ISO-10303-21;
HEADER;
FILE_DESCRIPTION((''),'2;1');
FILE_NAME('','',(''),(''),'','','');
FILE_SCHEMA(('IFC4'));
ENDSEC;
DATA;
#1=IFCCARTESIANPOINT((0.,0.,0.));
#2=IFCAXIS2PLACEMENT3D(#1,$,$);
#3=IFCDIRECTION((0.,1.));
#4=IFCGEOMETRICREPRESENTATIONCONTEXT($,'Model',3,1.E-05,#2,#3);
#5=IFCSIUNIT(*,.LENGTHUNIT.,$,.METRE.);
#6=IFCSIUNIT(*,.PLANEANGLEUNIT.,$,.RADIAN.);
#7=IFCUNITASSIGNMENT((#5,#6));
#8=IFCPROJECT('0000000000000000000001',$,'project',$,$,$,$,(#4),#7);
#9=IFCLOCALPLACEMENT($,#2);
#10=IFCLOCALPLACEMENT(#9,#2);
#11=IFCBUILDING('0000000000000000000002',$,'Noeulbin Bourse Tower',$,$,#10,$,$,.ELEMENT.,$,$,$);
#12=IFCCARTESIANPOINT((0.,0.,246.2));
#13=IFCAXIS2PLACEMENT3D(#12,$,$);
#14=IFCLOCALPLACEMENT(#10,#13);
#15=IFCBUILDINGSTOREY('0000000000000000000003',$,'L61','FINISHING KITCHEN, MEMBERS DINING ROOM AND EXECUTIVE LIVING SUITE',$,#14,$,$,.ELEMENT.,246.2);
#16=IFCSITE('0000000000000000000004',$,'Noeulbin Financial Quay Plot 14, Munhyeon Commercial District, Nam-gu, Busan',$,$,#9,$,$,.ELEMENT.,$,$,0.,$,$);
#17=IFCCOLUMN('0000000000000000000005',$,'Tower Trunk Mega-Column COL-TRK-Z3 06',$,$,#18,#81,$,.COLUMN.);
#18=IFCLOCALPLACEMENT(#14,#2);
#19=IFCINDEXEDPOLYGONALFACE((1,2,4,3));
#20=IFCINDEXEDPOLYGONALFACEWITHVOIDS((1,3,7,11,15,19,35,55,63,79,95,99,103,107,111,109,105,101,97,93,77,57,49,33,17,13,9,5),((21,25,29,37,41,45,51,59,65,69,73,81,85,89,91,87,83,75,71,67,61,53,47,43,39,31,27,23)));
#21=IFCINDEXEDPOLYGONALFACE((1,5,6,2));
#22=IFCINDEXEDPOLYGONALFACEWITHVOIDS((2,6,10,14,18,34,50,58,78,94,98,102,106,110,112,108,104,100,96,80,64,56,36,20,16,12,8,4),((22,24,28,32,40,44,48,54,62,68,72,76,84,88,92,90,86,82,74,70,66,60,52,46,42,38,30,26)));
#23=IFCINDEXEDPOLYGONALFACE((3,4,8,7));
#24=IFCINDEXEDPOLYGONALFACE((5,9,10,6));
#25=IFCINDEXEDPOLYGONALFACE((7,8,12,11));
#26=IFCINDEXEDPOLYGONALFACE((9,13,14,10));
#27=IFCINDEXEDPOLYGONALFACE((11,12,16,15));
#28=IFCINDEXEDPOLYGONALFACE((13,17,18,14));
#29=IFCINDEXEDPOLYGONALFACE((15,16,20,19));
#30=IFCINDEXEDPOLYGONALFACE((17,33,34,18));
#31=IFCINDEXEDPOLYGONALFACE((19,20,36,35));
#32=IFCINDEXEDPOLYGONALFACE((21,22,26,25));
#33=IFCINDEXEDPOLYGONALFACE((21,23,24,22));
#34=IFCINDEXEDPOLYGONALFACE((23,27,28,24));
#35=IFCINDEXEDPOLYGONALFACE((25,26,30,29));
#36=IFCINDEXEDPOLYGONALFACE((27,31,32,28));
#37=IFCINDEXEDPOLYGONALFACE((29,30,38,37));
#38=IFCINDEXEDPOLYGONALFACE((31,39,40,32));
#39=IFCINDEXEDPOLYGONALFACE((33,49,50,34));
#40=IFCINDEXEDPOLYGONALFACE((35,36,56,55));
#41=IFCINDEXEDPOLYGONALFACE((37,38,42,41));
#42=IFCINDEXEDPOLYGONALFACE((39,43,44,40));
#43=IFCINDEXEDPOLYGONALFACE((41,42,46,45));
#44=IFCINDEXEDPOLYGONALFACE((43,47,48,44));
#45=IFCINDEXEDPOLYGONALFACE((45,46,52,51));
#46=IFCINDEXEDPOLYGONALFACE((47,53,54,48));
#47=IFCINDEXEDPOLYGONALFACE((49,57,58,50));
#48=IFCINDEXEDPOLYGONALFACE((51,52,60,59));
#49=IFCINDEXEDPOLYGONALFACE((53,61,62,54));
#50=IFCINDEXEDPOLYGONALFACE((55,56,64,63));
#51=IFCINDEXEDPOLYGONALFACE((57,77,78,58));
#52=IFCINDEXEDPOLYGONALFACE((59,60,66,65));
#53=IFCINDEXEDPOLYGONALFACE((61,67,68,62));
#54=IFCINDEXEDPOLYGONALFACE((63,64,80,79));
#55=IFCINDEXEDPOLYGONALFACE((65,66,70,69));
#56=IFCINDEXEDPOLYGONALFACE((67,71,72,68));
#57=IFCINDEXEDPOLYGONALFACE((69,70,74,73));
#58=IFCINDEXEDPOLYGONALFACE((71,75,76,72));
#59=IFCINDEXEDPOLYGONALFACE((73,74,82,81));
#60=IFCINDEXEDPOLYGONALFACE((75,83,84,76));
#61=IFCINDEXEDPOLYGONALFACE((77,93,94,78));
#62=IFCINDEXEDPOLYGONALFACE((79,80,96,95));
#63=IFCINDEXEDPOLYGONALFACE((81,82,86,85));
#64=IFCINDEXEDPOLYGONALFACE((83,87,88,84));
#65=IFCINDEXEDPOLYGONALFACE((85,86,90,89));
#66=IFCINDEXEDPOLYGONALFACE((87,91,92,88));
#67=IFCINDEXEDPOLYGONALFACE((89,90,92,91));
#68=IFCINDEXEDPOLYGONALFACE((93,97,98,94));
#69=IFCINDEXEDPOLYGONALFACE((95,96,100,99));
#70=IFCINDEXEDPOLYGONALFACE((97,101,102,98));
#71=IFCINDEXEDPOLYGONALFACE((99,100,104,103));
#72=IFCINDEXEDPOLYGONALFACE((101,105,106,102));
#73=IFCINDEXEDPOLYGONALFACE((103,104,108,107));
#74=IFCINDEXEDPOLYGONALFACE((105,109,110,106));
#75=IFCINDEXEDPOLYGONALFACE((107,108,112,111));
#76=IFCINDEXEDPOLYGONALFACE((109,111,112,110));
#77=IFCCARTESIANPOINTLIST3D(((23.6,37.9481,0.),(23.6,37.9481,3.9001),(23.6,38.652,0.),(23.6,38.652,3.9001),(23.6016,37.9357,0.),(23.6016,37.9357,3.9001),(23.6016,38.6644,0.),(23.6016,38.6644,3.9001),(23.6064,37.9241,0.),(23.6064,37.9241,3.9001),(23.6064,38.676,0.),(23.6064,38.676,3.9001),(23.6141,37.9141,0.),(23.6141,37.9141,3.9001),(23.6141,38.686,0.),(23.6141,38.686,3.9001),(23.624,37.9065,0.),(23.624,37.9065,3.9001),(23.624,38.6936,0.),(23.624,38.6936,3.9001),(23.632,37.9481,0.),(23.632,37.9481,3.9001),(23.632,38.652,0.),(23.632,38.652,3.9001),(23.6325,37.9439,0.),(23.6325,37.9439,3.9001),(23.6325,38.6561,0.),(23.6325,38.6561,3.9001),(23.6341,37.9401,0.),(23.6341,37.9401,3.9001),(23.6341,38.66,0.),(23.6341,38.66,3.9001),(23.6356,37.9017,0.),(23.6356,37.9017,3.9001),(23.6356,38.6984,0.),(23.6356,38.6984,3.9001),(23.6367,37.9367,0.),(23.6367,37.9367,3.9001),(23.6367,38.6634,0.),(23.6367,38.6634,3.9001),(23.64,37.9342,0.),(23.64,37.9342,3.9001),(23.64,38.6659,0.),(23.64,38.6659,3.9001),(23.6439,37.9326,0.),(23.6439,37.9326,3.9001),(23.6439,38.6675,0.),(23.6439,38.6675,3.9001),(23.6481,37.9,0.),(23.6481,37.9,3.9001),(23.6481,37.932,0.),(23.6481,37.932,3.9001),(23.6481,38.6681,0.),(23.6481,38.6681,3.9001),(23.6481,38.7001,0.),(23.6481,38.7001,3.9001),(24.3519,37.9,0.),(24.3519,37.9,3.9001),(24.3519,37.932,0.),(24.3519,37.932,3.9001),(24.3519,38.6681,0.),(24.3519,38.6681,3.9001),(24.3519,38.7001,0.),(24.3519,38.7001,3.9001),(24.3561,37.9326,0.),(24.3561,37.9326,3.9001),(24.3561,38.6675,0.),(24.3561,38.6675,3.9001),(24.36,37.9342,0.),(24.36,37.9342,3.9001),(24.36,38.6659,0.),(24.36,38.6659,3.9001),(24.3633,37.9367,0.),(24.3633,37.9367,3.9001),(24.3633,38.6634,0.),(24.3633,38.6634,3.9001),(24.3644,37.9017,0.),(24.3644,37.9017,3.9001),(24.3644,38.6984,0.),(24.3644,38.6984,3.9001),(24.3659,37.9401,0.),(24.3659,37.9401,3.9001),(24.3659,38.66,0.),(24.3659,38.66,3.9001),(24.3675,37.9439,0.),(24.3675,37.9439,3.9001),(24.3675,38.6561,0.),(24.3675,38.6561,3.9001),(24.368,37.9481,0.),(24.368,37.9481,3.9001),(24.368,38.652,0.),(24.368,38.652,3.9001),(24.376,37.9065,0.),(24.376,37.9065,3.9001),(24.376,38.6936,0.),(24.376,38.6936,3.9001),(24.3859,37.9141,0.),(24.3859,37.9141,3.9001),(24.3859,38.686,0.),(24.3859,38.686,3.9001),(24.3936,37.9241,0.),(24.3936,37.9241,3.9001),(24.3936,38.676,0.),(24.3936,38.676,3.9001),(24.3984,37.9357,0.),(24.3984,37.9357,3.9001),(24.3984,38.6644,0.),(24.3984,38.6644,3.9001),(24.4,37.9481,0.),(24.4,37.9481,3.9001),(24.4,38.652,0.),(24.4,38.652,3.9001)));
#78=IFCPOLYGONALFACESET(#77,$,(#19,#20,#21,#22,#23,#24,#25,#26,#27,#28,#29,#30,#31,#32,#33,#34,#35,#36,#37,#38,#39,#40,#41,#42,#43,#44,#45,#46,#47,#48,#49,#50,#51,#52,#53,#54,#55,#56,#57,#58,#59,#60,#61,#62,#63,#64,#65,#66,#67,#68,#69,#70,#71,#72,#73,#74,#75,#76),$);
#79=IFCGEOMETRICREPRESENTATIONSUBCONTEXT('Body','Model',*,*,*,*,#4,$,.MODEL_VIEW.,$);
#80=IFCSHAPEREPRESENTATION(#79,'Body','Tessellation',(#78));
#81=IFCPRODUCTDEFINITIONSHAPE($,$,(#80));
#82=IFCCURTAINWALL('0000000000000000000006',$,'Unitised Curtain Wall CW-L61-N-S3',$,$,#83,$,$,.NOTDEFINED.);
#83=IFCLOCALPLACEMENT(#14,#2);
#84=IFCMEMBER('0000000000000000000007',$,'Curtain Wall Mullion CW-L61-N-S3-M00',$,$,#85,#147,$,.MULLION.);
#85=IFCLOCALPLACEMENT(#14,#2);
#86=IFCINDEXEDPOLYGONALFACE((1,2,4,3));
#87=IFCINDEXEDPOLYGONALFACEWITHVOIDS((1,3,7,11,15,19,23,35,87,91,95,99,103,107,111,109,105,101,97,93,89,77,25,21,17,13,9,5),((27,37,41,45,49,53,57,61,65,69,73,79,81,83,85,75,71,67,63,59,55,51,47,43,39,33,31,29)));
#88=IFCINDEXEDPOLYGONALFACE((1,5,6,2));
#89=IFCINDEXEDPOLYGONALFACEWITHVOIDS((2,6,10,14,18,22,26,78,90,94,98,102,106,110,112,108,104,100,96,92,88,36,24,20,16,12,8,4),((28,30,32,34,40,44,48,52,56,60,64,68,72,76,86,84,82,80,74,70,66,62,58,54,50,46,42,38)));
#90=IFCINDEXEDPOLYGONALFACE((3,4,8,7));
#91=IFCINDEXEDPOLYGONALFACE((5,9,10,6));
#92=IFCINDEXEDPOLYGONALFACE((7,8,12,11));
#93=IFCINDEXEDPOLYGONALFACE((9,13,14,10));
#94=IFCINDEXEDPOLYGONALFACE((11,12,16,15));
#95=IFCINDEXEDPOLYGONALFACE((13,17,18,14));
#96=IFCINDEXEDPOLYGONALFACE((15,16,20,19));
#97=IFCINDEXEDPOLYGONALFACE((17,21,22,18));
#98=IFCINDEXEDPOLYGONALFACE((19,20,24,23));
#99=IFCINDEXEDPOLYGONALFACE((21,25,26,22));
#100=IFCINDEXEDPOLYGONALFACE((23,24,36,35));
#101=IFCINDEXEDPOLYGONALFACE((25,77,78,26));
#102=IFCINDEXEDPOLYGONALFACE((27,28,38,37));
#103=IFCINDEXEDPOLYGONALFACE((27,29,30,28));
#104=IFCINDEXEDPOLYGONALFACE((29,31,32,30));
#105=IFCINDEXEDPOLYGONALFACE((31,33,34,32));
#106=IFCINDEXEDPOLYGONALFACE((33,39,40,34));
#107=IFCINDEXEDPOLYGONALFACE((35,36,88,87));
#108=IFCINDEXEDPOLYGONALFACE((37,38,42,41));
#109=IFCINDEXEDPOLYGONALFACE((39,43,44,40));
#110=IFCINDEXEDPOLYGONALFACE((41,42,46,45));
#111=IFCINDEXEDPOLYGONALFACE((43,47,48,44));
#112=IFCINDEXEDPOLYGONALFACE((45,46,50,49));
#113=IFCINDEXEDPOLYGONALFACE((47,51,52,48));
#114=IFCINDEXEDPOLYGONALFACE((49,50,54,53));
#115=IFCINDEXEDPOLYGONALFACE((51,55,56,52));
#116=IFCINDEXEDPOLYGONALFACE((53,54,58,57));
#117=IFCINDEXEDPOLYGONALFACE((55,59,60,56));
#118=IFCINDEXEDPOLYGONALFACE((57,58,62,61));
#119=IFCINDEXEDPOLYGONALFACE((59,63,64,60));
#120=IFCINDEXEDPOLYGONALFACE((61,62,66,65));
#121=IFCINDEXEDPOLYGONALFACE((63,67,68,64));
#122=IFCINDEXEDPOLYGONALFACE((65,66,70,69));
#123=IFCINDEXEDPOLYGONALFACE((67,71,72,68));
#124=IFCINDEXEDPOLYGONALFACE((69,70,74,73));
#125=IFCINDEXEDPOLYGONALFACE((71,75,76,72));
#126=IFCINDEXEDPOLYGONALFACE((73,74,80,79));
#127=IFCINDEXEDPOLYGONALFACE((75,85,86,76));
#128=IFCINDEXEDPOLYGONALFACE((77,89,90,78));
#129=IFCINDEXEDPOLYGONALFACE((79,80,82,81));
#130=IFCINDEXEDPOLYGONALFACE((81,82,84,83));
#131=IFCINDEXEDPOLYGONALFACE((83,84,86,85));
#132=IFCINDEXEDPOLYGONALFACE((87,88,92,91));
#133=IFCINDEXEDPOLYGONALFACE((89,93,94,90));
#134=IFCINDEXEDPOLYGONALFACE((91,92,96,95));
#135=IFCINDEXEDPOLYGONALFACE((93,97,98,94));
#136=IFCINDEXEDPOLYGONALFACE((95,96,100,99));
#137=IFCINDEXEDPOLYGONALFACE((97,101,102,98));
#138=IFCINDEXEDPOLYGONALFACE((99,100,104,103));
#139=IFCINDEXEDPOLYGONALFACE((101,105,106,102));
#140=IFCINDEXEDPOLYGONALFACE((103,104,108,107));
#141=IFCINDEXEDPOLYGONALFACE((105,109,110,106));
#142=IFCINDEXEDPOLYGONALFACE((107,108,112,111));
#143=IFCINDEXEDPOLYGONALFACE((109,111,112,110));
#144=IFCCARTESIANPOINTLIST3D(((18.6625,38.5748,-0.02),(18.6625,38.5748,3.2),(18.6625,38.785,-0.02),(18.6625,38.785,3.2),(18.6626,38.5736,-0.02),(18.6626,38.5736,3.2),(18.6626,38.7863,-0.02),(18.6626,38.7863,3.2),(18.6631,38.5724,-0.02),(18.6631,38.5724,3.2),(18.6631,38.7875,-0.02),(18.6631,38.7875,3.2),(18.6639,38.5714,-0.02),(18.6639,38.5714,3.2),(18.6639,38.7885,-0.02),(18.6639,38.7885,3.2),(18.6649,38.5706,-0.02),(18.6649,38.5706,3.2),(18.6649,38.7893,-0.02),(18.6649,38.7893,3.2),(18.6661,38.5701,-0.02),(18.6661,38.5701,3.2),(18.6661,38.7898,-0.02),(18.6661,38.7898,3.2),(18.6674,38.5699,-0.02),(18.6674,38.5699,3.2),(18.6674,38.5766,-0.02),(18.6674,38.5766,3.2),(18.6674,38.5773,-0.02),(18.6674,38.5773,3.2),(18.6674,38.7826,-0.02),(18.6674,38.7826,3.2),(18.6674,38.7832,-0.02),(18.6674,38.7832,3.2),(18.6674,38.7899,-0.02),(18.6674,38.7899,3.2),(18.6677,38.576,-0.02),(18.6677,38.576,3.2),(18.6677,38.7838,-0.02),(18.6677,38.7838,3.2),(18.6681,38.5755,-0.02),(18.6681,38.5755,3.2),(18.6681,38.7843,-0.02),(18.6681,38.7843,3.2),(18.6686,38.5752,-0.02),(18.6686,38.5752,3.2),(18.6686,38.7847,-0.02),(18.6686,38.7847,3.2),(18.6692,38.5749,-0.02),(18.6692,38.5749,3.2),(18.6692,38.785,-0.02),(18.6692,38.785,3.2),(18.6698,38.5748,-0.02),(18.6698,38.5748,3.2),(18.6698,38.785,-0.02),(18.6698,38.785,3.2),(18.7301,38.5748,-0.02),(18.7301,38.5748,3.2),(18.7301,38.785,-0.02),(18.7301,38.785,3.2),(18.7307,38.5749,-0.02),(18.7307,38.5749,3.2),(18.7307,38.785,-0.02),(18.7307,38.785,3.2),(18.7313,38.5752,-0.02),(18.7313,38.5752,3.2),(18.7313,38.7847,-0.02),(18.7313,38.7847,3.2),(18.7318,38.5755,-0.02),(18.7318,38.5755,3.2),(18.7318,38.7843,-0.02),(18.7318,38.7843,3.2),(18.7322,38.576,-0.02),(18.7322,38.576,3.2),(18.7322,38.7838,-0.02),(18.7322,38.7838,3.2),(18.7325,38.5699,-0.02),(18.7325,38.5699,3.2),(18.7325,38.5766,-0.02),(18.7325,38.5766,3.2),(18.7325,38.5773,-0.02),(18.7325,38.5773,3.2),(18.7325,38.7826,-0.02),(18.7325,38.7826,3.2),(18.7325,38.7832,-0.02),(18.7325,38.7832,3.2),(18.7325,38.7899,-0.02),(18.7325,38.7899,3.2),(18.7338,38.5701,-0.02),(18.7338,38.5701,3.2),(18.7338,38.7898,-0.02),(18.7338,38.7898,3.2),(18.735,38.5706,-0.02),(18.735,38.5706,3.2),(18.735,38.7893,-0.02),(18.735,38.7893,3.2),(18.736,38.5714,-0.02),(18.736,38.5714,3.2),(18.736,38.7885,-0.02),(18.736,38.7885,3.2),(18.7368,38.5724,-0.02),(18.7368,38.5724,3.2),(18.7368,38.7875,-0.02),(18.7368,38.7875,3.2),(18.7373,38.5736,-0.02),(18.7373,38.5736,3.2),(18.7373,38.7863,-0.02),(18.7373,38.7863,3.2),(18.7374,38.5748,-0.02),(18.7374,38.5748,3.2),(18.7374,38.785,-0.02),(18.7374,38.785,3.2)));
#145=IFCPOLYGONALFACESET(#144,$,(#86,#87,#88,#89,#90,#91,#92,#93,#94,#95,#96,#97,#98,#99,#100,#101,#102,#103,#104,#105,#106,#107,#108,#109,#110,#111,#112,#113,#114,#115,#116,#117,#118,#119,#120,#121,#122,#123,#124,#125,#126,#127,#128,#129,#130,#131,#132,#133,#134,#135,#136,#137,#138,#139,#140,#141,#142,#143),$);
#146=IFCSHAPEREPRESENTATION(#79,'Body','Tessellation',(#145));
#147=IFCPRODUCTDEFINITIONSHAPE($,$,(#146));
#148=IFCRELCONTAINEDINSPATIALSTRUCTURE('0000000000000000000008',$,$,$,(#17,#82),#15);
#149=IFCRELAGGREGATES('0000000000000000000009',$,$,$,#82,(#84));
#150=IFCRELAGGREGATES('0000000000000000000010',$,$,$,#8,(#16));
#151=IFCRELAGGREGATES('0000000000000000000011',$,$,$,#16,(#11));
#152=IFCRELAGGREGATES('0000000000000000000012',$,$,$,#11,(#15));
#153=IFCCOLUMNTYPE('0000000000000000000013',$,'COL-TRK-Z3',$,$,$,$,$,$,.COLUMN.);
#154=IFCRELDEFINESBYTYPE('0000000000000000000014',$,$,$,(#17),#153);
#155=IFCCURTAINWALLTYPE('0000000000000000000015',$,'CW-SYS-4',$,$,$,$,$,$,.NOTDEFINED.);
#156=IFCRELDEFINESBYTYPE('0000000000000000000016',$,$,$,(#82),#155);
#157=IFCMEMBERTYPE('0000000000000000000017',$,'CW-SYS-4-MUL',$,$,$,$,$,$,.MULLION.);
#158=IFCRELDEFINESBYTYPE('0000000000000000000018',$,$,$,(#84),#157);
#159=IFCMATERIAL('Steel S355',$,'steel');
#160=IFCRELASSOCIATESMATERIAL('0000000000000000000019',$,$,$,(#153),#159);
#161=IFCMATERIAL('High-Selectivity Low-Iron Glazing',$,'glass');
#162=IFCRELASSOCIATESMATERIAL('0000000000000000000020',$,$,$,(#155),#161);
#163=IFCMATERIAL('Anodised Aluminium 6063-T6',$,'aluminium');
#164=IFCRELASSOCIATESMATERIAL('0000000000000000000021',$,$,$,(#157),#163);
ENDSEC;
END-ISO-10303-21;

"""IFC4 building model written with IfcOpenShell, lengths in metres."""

from ifc_helpers import new_model, si_unit, direction, frame, origin, origin_2d, place, context, subcontext, project, spatial, hollow_rectangle, extrude, material, material_profile, profile_set, type_object, element, aggregate, save


model = new_model("IFC4")

# Units and contexts
model_context = context("Model", 3, precision=1e-05, world=origin(), true_north=direction((0.0, 1.0)))
body_context = subcontext(model_context, "Body", "Model", "MODEL_VIEW")
ifc_project = project(units=[si_unit("LENGTHUNIT", "METRE"), si_unit("PLANEANGLEUNIT", "RADIAN")], contexts=[model_context])

# Site, building, storey
site_placement = place(None, origin())
site = spatial("IfcSite", under=ifc_project, at=site_placement, Name="Noeulbin Financial Quay Plot 14, Munhyeon Commercial District, Nam-gu, Busan", CompositionType="ELEMENT", RefElevation=0.0)
building_placement = place(site_placement, origin())
building = spatial("IfcBuilding", under=site, at=building_placement, Name="Noeulbin Bourse Tower", CompositionType="ELEMENT")
storey_placement = place(building_placement, frame((0.0, 0.0, 246.2)))
storey = spatial("IfcBuildingStorey", under=building, at=storey_placement, Name="L61", Description="FINISHING KITCHEN, MEMBERS DINING ROOM AND EXECUTIVE LIVING SUITE", CompositionType="ELEMENT", Elevation=246.2)

# Column
ifc_material_1 = material(Name="Steel S355", Category="steel")
ifc_material_profile_1 = material_profile(ifc_material_1, hollow_rectangle(XDim=0.8, YDim=0.8, WallThickness=0.032, InnerFilletRadius=0.0161, OuterFilletRadius=0.0481, at=origin_2d()), Name="BOX-800x800x32", Category="LoadBearing")
ifc_profile_set_1 = profile_set([ifc_material_profile_1], Name="Steel S355")
column_type = type_object("IfcColumnType", Name="COL-TRK-Z3", PredefinedType="COLUMN", material=ifc_profile_set_1)
for number, where, z_axis, x_axis, name in (
    (1, (24.0, 38.3, 0.0), (0.0, 0.0, 1.0), (1.0, 0.0, 0.0), "Tower Trunk Mega-Column COL-TRK-Z3 06"),
):
    element("IfcColumn", number, at=place(storey_placement, frame(where, z_axis=z_axis, x_axis=x_axis)), inside=storey, type_object=column_type, Name=name, PredefinedType="COLUMN", context=body_context, shape_type="SweptSolid", body=[
        extrude(hollow_rectangle(XDim=0.8, YDim=0.8, WallThickness=0.032, InnerFilletRadius=0.0161, OuterFilletRadius=0.0481, at=origin_2d()), origin(), (0.0, 0.0, 1.0), 3.9001),
    ])

# Curtain wall, member
ifc_material_2 = material(Name="High-Selectivity Low-Iron Glazing", Category="glass")
curtain_wall_type = type_object("IfcCurtainWallType", Name="CW-SYS-4", PredefinedType="NOTDEFINED", material=ifc_material_2)
curtain_wall_placement = place(storey_placement, origin())
curtain_wall = element("IfcCurtainWall", 2, at=curtain_wall_placement, inside=storey, type_object=curtain_wall_type, Name="Unitised Curtain Wall CW-L61-N-S3", PredefinedType="NOTDEFINED")
ifc_material_3 = material(Name="Anodised Aluminium 6063-T6", Category="aluminium")
ifc_material_profile_2 = material_profile(ifc_material_3, hollow_rectangle(XDim=0.075, YDim=0.22, WallThickness=0.0049, InnerFilletRadius=0.0024, OuterFilletRadius=0.0049, at=origin_2d()), Name="ALU-MULL-75x220x5", Category="LoadBearing")
ifc_profile_set_2 = profile_set([ifc_material_profile_2], Name="Anodised Aluminium 6063-T6")
member_type_1 = type_object("IfcMemberType", Name="CW-SYS-4-MUL", PredefinedType="MULLION", material=ifc_profile_set_2)
member_1_placement = place(storey_placement, frame((18.7, 38.6799, -0.02), z_axis=(0.0, 0.0, 1.0), x_axis=(1.0, 0.0, 0.0)))
member_1 = element("IfcMember", 3, at=member_1_placement, type_object=member_type_1, Name="Curtain Wall Mullion CW-L61-N-S3-M00", PredefinedType="MULLION", context=body_context, shape_type="SweptSolid", body=[
    extrude(hollow_rectangle(XDim=0.075, YDim=0.22, WallThickness=0.0049, InnerFilletRadius=0.0024, OuterFilletRadius=0.0049, at=origin_2d()), origin(), (0.0, 0.0, 1.0), 3.22),
])
aggregate(curtain_wall, [member_1])

save(model, "model.ifc")
